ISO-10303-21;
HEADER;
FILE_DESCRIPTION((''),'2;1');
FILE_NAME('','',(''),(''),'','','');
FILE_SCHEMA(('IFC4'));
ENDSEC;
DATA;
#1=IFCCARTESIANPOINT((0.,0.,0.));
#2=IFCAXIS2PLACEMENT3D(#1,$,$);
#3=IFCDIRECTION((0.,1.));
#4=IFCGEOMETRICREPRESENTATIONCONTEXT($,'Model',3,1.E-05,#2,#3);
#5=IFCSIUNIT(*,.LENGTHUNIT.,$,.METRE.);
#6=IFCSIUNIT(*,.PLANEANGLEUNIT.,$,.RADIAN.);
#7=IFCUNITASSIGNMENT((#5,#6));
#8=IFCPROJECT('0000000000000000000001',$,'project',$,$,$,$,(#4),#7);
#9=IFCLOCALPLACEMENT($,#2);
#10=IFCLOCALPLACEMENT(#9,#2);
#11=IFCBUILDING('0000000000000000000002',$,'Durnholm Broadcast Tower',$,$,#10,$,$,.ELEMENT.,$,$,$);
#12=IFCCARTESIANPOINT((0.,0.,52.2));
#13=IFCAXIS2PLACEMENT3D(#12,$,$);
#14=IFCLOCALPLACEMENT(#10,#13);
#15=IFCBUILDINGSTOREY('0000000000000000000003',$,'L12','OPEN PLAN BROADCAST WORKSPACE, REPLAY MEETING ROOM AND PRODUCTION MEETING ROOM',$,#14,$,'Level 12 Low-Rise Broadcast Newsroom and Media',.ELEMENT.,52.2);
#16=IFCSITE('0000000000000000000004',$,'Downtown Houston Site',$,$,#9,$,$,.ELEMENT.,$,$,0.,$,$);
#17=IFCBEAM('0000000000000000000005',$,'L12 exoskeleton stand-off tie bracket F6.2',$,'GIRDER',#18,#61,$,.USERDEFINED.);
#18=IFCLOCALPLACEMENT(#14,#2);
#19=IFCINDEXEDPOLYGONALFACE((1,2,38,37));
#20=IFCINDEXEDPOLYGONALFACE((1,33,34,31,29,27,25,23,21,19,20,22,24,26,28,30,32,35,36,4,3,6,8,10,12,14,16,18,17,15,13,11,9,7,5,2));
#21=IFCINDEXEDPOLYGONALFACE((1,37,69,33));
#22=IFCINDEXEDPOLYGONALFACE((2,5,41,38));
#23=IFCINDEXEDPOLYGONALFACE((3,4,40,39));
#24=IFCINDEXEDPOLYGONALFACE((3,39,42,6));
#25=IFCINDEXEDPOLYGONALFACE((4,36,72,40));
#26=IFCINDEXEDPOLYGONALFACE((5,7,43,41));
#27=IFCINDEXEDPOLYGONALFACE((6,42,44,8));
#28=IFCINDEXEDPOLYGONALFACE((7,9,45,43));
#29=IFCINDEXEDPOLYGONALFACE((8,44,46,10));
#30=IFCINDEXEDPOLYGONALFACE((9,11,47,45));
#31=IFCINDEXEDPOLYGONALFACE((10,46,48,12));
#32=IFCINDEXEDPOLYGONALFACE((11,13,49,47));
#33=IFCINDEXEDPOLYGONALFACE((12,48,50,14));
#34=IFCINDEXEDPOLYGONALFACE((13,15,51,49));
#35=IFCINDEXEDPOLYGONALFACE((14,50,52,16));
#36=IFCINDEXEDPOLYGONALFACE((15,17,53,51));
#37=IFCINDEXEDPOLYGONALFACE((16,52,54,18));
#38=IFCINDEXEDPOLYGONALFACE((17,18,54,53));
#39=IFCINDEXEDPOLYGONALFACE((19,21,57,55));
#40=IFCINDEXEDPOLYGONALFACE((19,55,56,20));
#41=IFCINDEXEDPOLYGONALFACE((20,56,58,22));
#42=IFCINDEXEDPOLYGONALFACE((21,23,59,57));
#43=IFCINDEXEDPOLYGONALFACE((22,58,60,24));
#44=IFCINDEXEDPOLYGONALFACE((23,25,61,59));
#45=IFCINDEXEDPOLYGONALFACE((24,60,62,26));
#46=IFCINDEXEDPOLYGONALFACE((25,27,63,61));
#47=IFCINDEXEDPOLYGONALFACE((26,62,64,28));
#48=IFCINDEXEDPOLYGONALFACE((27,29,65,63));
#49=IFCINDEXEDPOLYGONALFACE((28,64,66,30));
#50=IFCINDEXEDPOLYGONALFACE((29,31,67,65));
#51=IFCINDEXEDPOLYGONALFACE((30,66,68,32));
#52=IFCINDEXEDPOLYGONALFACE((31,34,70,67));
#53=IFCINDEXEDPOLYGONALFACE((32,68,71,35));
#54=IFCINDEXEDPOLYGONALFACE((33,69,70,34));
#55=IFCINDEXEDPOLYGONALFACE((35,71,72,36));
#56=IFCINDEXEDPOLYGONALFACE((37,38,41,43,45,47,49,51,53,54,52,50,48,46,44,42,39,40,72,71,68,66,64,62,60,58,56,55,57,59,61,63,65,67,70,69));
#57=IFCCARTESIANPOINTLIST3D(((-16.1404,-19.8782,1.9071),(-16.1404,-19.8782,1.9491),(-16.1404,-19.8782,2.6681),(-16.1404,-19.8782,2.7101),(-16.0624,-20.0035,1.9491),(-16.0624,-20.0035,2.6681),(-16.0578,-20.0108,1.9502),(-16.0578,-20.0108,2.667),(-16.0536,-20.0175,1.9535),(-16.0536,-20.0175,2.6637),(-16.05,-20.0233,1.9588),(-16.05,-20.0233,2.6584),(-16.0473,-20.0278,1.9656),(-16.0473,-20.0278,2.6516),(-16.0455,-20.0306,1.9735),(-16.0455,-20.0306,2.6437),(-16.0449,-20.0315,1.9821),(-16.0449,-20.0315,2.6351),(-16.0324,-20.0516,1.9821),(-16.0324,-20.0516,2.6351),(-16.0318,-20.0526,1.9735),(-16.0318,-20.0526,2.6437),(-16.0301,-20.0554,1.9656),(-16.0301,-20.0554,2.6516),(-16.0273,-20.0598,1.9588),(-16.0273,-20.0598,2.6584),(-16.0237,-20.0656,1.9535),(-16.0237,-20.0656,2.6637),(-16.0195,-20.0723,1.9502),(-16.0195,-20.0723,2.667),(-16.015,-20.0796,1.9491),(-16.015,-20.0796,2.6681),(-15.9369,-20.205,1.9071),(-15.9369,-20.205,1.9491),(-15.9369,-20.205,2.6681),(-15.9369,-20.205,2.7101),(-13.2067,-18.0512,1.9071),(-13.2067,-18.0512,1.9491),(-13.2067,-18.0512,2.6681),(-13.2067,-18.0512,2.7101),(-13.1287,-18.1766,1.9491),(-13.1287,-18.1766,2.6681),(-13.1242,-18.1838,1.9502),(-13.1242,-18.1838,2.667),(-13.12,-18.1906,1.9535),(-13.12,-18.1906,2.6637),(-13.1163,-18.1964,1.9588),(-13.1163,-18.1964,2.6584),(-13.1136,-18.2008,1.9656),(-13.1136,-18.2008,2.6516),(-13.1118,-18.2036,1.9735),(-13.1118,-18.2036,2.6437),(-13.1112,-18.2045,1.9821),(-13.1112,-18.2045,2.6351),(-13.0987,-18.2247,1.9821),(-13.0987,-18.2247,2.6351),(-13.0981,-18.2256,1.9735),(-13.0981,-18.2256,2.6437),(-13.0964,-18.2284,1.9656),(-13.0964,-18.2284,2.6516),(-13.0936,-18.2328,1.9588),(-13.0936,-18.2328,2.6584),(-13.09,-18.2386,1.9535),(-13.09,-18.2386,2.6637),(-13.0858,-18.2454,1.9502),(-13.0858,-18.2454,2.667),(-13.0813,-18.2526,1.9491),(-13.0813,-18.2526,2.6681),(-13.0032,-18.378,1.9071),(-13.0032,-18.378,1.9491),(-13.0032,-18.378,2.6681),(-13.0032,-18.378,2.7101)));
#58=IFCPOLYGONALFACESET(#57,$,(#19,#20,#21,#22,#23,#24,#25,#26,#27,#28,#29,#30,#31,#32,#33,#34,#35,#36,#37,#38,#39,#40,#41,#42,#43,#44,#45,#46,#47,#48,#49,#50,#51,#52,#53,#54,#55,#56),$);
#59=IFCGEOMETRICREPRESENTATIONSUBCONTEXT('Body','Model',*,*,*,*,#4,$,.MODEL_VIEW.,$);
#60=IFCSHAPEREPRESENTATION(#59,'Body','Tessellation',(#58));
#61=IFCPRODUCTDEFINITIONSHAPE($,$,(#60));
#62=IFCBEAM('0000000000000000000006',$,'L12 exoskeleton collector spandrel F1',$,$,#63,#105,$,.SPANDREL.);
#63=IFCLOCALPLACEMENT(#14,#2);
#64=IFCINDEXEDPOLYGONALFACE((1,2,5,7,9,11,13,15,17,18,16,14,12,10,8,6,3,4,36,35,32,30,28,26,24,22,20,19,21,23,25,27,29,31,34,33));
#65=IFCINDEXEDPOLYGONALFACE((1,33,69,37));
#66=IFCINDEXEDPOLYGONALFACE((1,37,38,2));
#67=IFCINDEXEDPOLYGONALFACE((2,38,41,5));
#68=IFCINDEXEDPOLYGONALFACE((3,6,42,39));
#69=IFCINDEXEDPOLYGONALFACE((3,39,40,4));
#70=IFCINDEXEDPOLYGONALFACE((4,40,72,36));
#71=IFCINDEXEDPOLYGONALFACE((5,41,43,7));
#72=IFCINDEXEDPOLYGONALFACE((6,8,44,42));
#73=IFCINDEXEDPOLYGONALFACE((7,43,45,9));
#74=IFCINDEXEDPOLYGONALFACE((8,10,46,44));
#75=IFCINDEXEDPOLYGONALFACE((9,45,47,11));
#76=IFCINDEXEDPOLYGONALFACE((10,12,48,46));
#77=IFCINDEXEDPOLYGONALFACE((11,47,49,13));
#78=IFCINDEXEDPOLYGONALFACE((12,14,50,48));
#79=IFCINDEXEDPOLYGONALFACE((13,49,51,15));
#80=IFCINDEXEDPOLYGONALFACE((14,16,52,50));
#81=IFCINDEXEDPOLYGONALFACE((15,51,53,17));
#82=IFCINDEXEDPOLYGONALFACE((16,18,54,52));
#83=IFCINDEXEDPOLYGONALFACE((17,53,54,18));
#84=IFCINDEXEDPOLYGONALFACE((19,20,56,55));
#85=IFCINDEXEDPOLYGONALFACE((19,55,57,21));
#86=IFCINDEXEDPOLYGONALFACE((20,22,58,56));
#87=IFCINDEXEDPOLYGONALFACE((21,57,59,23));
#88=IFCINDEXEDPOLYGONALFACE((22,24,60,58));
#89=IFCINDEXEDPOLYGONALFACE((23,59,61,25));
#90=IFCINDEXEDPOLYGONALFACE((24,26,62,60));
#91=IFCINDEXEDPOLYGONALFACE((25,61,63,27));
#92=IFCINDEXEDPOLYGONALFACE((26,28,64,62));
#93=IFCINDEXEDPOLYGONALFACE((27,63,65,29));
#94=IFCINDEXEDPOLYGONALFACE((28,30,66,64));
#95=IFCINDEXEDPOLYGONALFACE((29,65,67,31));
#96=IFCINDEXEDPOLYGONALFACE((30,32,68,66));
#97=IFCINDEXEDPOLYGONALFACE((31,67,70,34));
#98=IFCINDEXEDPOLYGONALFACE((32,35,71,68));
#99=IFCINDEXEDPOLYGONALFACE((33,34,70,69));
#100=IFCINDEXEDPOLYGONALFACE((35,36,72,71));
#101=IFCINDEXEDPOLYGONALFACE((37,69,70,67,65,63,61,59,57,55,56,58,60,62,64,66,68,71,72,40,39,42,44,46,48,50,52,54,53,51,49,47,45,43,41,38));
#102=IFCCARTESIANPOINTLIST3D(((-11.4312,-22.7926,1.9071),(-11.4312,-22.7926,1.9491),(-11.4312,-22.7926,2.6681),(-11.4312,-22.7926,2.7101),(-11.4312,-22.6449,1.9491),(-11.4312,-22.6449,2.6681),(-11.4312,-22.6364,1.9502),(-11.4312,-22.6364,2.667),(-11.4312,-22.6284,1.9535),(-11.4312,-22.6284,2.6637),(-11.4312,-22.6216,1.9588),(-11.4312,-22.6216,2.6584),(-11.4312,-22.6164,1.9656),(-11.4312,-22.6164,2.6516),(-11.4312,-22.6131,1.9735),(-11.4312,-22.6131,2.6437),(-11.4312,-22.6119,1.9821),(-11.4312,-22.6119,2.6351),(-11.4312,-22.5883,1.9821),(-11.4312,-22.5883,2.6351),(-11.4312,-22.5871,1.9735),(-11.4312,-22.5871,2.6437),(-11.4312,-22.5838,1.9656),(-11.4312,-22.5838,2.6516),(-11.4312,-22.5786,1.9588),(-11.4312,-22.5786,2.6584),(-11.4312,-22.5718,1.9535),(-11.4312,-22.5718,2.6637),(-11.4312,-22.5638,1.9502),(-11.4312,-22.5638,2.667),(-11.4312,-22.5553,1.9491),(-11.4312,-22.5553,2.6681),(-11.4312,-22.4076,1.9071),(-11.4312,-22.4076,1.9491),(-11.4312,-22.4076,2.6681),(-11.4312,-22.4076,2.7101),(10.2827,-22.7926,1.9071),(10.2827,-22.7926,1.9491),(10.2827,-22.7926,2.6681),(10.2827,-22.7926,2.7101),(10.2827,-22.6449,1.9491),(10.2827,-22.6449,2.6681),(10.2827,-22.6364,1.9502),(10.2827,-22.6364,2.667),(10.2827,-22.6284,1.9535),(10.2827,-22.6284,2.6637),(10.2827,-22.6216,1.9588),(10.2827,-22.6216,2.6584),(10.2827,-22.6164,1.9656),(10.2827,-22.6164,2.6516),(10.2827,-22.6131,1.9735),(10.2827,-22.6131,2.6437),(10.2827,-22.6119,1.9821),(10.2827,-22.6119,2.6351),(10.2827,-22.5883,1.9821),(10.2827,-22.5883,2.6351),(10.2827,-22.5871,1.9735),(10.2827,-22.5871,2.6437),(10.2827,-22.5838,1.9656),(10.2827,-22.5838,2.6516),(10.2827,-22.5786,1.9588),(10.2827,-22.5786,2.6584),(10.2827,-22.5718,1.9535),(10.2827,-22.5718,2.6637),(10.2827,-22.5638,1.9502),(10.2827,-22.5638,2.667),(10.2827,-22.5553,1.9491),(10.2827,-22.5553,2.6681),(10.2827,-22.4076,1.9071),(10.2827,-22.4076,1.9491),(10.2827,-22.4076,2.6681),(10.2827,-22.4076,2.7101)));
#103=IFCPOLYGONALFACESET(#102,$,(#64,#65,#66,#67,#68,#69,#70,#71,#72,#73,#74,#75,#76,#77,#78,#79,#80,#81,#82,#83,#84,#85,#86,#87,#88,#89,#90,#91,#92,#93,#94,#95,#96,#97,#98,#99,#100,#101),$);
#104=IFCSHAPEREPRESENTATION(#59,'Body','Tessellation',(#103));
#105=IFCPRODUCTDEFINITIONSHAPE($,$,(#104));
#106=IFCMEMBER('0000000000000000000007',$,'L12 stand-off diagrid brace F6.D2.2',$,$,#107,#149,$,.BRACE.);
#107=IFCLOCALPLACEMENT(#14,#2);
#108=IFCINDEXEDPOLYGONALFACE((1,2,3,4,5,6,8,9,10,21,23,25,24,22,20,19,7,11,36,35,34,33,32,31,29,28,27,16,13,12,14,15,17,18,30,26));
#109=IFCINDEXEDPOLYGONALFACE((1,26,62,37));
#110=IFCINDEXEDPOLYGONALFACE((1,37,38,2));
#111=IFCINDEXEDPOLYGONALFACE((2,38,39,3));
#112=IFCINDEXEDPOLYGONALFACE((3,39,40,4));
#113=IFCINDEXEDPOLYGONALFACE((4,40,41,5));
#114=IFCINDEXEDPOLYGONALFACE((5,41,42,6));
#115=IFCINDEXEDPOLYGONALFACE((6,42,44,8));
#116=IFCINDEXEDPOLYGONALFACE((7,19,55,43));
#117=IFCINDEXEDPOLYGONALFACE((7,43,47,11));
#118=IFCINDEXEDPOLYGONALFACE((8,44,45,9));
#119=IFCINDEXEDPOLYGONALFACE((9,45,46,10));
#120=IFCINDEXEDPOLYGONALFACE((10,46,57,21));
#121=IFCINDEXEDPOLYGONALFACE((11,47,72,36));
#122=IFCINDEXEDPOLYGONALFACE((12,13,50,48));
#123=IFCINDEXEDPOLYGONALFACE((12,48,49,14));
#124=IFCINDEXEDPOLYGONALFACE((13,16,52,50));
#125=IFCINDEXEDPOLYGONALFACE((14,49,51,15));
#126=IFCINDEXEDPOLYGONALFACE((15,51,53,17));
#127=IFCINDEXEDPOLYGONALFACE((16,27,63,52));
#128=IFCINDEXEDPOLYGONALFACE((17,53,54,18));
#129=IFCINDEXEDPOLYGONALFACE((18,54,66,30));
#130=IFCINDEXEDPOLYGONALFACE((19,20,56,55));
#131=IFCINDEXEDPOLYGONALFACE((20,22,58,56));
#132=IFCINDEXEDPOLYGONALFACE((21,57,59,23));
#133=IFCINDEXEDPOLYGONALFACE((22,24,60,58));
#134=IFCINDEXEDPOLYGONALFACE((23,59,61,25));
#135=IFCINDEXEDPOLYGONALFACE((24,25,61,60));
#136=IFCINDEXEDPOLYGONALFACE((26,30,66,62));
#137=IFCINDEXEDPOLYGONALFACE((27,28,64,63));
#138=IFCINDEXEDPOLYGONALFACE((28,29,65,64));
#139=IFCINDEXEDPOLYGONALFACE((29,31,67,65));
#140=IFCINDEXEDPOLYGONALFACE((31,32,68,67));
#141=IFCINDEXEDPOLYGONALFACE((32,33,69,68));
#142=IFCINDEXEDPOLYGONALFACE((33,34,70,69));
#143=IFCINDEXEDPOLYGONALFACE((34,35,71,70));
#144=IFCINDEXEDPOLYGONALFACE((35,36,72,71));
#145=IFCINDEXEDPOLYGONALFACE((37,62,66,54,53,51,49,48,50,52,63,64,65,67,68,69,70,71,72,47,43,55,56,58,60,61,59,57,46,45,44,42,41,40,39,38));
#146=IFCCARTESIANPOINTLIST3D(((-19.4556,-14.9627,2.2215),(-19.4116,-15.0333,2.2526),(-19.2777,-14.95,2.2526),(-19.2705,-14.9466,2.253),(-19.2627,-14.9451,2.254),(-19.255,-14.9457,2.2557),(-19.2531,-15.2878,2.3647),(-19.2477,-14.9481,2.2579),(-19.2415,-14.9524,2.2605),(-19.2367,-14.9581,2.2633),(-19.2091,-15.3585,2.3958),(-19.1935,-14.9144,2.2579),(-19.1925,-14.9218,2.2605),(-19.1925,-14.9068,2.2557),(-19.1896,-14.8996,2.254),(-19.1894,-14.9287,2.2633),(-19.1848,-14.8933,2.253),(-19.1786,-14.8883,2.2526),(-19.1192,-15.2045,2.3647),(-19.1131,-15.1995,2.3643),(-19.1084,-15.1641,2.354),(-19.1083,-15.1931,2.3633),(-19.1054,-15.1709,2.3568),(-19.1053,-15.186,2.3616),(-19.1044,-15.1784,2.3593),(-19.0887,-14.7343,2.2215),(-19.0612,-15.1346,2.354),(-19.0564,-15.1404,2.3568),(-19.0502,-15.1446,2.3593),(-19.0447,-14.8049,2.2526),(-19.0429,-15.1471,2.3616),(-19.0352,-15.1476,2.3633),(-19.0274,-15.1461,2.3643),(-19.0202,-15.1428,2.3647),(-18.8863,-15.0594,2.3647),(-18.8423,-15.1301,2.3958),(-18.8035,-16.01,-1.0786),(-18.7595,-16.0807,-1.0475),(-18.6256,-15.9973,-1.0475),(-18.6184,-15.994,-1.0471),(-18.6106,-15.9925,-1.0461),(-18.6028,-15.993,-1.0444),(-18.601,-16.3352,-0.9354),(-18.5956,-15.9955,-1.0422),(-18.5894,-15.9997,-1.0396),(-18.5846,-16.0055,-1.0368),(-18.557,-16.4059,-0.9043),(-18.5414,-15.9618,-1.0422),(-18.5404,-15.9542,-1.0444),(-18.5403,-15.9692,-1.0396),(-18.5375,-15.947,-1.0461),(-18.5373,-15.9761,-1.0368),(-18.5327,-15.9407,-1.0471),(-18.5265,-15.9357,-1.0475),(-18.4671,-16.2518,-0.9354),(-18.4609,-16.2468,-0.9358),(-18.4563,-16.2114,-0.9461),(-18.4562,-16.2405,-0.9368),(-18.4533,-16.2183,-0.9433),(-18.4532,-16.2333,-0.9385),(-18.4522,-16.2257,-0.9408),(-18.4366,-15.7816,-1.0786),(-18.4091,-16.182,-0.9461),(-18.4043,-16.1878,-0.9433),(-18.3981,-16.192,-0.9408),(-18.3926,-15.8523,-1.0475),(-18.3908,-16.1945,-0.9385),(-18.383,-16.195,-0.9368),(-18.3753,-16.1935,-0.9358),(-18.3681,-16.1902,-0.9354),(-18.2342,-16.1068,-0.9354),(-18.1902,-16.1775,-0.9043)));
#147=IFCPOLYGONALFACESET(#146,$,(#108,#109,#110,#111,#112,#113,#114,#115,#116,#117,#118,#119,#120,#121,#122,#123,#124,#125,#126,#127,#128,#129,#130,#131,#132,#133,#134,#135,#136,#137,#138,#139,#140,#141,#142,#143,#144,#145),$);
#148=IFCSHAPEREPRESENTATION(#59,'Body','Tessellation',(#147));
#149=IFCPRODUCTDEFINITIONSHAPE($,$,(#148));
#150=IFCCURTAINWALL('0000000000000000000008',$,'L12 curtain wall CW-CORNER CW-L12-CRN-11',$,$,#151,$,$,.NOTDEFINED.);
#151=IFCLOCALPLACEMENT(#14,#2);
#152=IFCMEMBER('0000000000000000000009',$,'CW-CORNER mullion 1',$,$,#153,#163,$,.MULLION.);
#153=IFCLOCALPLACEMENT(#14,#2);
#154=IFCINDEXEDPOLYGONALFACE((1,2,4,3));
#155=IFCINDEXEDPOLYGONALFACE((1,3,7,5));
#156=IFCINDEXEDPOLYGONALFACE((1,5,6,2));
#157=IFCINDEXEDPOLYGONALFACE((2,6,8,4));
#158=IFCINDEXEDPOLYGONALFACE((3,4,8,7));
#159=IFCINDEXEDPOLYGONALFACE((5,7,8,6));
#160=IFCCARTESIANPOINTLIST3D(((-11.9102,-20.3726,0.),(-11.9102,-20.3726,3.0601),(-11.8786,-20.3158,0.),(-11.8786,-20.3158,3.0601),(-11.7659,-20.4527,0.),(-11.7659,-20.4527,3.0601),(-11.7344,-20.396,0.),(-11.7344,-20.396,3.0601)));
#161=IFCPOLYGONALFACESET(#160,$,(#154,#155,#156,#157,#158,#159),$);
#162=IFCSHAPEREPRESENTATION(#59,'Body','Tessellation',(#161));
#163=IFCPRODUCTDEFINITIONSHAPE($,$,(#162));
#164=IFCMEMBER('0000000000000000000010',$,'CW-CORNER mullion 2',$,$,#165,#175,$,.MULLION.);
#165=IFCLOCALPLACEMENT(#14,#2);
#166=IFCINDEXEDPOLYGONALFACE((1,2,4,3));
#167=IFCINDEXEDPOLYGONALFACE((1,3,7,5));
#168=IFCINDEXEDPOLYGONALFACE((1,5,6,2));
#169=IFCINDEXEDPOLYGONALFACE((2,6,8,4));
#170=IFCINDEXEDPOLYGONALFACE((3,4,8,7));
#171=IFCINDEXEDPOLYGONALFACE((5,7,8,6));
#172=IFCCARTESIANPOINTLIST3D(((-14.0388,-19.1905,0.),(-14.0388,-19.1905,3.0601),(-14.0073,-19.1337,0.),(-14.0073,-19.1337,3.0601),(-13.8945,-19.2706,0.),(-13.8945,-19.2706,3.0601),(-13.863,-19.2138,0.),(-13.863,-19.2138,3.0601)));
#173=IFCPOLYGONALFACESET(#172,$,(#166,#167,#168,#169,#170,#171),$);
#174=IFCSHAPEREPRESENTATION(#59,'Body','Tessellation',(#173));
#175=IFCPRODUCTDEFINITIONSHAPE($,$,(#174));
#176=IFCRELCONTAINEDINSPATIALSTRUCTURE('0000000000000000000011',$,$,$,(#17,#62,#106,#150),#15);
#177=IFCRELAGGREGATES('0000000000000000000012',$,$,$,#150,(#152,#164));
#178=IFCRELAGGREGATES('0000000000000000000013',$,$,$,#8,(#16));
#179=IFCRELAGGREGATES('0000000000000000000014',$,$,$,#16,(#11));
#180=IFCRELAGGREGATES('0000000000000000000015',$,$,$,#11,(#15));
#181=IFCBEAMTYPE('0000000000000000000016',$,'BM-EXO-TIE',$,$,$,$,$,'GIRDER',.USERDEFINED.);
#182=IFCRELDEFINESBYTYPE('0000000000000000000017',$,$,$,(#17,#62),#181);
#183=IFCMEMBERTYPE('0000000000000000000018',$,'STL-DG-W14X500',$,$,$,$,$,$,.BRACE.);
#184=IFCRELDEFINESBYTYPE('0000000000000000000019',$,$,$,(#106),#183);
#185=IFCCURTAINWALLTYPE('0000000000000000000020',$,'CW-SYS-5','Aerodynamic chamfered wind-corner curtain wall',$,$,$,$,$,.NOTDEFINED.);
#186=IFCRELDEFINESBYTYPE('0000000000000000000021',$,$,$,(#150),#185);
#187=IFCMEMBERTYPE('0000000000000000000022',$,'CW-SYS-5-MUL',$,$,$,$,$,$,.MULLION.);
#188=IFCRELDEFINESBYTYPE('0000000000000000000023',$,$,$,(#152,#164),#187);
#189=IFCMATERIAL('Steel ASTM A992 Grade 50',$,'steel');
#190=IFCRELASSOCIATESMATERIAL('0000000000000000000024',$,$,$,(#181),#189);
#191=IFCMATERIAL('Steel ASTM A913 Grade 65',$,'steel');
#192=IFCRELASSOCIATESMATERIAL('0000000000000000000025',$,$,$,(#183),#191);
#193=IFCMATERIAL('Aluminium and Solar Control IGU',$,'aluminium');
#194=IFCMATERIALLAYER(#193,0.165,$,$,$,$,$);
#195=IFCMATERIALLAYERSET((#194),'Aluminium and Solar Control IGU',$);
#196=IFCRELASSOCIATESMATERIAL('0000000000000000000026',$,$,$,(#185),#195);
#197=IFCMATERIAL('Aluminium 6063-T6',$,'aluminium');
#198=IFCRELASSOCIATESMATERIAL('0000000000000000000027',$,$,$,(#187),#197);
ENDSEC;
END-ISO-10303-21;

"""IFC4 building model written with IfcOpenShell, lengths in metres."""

from ifc_helpers import new_model, si_unit, direction, frame, origin, origin_2d, place, context, subcontext, project, spatial, rectangle, i_section, extrude, source, transform, mapped, material, layer, layer_set, material_profile, profile_set, type_object, type_shapes, element, aggregate, save


model = new_model("IFC4")

# Units and contexts
model_context = context("Model", 3, precision=1e-05, world=origin(), true_north=direction((0.0, 1.0)))
body_context = subcontext(model_context, "Body", "Model", "MODEL_VIEW")
ifc_project = project(units=[si_unit("LENGTHUNIT", "METRE"), si_unit("PLANEANGLEUNIT", "RADIAN")], contexts=[model_context])

# Site, building, storey
site_placement = place(None, origin())
site = spatial("IfcSite", under=ifc_project, at=site_placement, Name="Downtown Houston Site", CompositionType="ELEMENT", RefElevation=0.0)
building_placement = place(site_placement, origin())
building = spatial("IfcBuilding", under=site, at=building_placement, Name="Durnholm Broadcast Tower", CompositionType="ELEMENT")
storey_placement = place(building_placement, frame((0.0, 0.0, 52.2)))
storey = spatial("IfcBuildingStorey", under=building, at=storey_placement, Name="L12", Description="OPEN PLAN BROADCAST WORKSPACE, REPLAY MEETING ROOM AND PRODUCTION MEETING ROOM", LongName="Level 12 Low-Rise Broadcast Newsroom and Media", CompositionType="ELEMENT", Elevation=52.2)

# Beams
ifc_material_1 = material(Name="Steel ASTM A992 Grade 50", Category="steel")
ifc_material_profile_1 = material_profile(ifc_material_1, i_section(OverallWidth=0.385, OverallDepth=0.803, WebThickness=0.0237, FlangeThickness=0.042, FilletRadius=0.033, at=origin_2d()), Name="W30X261")
ifc_profile_set_1 = profile_set([ifc_material_profile_1], Name="Steel ASTM A992 Grade 50")
beam_type_1 = type_object("IfcBeamType", Name="BM-EXO-TIE", ElementType="GIRDER", PredefinedType="USERDEFINED", material=ifc_profile_set_1)
shared_shape_1 = source(origin(), body_context, "Body", "SweptSolid", [
    extrude(i_section(OverallWidth=0.385, OverallDepth=0.803, WebThickness=0.0237, FlangeThickness=0.042, FilletRadius=0.033, at=origin_2d()), origin(), (0.0, 0.0, 1.0), 3.4561),
])
for number, where, z_axis, x_axis, name in (
    (1, (-13.105, -18.2146, 2.3086), (-0.848854, -0.528627, 0.0), (0.528627, -0.848854, 0.0), "L12 exoskeleton stand-off tie bracket F6.2"),
):
    element("IfcBeam", number, at=place(storey_placement, frame(where, z_axis=z_axis, x_axis=x_axis)), inside=storey, type_object=beam_type_1, Name=name, ObjectType="GIRDER", PredefinedType="USERDEFINED", context=body_context, shape_type="MappedRepresentation", body=[
        mapped(shared_shape_1, transform((0.0, 0.0, 0.0), x_axis=(1.0, 0.0, 0.0), y_axis=(0.0, 1.0, 0.0), z_axis=(0.0, 0.0, 1.0), scale=1.0)),
    ])
shared_shape_2 = source(origin(), body_context, "Body", "SweptSolid", [
    extrude(i_section(OverallWidth=0.385, OverallDepth=0.803, WebThickness=0.0237, FlangeThickness=0.042, FilletRadius=0.033, at=origin_2d()), origin(), (0.0, 0.0, 1.0), 21.7139),
])
type_shapes(beam_type_1, [shared_shape_1, shared_shape_2])
beam_1_placement = place(storey_placement, frame((-11.4312, -22.6001, 2.3086), z_axis=(1.0, 0.0, 0.0), x_axis=(0.0, 1.0, 0.0)))
element("IfcBeam", 2, at=beam_1_placement, inside=storey, type_object=beam_type_1, Name="L12 exoskeleton collector spandrel F1", PredefinedType="SPANDREL", context=body_context, shape_type="MappedRepresentation", body=[
    mapped(shared_shape_2, transform((0.0, 0.0, 0.0), x_axis=(1.0, 0.0, 0.0), y_axis=(0.0, 1.0, 0.0), z_axis=(0.0, 0.0, 1.0), scale=1.0)),
])

# Member
ifc_material_2 = material(Name="Steel ASTM A913 Grade 65", Category="steel")
ifc_material_profile_2 = material_profile(ifc_material_2, i_section(OverallWidth=0.4321, OverallDepth=0.4978, WebThickness=0.0557, FlangeThickness=0.0889, FilletRadius=0.0305, at=origin_2d()), Name="W14X500")
ifc_profile_set_2 = profile_set([ifc_material_profile_2], Name="Steel ASTM A913 Grade 65")
member_type_1 = type_object("IfcMemberType", Name="STL-DG-W14X500", PredefinedType="BRACE", material=ifc_profile_set_2)
shared_shape_3 = source(origin(), body_context, "Body", "SweptSolid", [
    extrude(i_section(OverallWidth=0.4321, OverallDepth=0.4978, WebThickness=0.0557, FlangeThickness=0.0889, FilletRadius=0.0305, at=origin_2d()), origin(), (0.0, 0.0, 1.0), 3.5232),
])
type_shapes(member_type_1, [shared_shape_3])
member_1_placement = place(storey_placement, frame((-18.4968, -16.0938, -0.9915), z_axis=(-0.18509, 0.297281, 0.936678), x_axis=(-0.848909, -0.52854, 0.0)))
element("IfcMember", 3, at=member_1_placement, inside=storey, type_object=member_type_1, Name="L12 stand-off diagrid brace F6.D2.2", PredefinedType="BRACE", context=body_context, shape_type="MappedRepresentation", body=[
    mapped(shared_shape_3, transform((0.0, 0.0, 0.0), x_axis=(1.0, 0.0, 0.0), y_axis=(0.0, 1.0, 0.0), z_axis=(0.0, 0.0, 1.0), scale=1.0)),
])

# Curtain wall, members
ifc_material_3 = material(Name="Aluminium and Solar Control IGU", Category="aluminium")
ifc_layer_1 = layer(ifc_material_3, 0.165)
ifc_layer_set_1 = layer_set([ifc_layer_1], Name="Aluminium and Solar Control IGU")
curtain_wall_type_1 = type_object("IfcCurtainWallType", Name="CW-SYS-5", Description="Aerodynamic chamfered wind-corner curtain wall", PredefinedType="NOTDEFINED", material=ifc_layer_set_1)
curtain_wall_1_placement = place(storey_placement, origin())
curtain_wall_1 = element("IfcCurtainWall", 4, at=curtain_wall_1_placement, inside=storey, type_object=curtain_wall_type_1, Name="L12 curtain wall CW-CORNER CW-L12-CRN-11", PredefinedType="NOTDEFINED")
ifc_material_4 = material(Name="Aluminium 6063-T6", Category="aluminium")
ifc_material_profile_3 = material_profile(ifc_material_4, rectangle(XDim=0.0649, YDim=0.165, at=origin_2d()), Name="CWM65X165")
ifc_profile_set_3 = profile_set([ifc_material_profile_3], Name="Aluminium 6063-T6")
member_type_2 = type_object("IfcMemberType", Name="CW-SYS-5-MUL", PredefinedType="MULLION", material=ifc_profile_set_3)
shared_shape_4 = source(origin(), body_context, "Body", "SweptSolid", [
    extrude(rectangle(XDim=0.0649, YDim=0.165, at=origin_2d()), origin(), (0.0, 0.0, 1.0), 3.0601),
])
type_shapes(member_type_2, [shared_shape_4])
member_2_placement = place(storey_placement, frame((-11.8223, -20.3843, 0.0), z_axis=(0.0, 0.0, 1.0), x_axis=(-0.485483, -0.874246, 0.0)))
member_2 = element("IfcMember", 5, at=member_2_placement, type_object=member_type_2, Name="CW-CORNER mullion 1", PredefinedType="MULLION", context=body_context, shape_type="MappedRepresentation", body=[
    mapped(shared_shape_4, transform((0.0, 0.0, 0.0), x_axis=(1.0, 0.0, 0.0), y_axis=(0.0, 1.0, 0.0), z_axis=(0.0, 0.0, 1.0), scale=1.0)),
])
member_3_placement = place(storey_placement, frame((-13.9509, -19.2021, 0.0), z_axis=(0.0, 0.0, 1.0), x_axis=(-0.485483, -0.874246, 0.0)))
member_3 = element("IfcMember", 6, at=member_3_placement, type_object=member_type_2, Name="CW-CORNER mullion 2", PredefinedType="MULLION", context=body_context, shape_type="MappedRepresentation", body=[
    mapped(shared_shape_4, transform((0.0, 0.0, 0.0), x_axis=(1.0, 0.0, 0.0), y_axis=(0.0, 1.0, 0.0), z_axis=(0.0, 0.0, 1.0), scale=1.0)),
])

aggregate(curtain_wall_1, [member_2, member_3])

save(model, "model.ifc")
